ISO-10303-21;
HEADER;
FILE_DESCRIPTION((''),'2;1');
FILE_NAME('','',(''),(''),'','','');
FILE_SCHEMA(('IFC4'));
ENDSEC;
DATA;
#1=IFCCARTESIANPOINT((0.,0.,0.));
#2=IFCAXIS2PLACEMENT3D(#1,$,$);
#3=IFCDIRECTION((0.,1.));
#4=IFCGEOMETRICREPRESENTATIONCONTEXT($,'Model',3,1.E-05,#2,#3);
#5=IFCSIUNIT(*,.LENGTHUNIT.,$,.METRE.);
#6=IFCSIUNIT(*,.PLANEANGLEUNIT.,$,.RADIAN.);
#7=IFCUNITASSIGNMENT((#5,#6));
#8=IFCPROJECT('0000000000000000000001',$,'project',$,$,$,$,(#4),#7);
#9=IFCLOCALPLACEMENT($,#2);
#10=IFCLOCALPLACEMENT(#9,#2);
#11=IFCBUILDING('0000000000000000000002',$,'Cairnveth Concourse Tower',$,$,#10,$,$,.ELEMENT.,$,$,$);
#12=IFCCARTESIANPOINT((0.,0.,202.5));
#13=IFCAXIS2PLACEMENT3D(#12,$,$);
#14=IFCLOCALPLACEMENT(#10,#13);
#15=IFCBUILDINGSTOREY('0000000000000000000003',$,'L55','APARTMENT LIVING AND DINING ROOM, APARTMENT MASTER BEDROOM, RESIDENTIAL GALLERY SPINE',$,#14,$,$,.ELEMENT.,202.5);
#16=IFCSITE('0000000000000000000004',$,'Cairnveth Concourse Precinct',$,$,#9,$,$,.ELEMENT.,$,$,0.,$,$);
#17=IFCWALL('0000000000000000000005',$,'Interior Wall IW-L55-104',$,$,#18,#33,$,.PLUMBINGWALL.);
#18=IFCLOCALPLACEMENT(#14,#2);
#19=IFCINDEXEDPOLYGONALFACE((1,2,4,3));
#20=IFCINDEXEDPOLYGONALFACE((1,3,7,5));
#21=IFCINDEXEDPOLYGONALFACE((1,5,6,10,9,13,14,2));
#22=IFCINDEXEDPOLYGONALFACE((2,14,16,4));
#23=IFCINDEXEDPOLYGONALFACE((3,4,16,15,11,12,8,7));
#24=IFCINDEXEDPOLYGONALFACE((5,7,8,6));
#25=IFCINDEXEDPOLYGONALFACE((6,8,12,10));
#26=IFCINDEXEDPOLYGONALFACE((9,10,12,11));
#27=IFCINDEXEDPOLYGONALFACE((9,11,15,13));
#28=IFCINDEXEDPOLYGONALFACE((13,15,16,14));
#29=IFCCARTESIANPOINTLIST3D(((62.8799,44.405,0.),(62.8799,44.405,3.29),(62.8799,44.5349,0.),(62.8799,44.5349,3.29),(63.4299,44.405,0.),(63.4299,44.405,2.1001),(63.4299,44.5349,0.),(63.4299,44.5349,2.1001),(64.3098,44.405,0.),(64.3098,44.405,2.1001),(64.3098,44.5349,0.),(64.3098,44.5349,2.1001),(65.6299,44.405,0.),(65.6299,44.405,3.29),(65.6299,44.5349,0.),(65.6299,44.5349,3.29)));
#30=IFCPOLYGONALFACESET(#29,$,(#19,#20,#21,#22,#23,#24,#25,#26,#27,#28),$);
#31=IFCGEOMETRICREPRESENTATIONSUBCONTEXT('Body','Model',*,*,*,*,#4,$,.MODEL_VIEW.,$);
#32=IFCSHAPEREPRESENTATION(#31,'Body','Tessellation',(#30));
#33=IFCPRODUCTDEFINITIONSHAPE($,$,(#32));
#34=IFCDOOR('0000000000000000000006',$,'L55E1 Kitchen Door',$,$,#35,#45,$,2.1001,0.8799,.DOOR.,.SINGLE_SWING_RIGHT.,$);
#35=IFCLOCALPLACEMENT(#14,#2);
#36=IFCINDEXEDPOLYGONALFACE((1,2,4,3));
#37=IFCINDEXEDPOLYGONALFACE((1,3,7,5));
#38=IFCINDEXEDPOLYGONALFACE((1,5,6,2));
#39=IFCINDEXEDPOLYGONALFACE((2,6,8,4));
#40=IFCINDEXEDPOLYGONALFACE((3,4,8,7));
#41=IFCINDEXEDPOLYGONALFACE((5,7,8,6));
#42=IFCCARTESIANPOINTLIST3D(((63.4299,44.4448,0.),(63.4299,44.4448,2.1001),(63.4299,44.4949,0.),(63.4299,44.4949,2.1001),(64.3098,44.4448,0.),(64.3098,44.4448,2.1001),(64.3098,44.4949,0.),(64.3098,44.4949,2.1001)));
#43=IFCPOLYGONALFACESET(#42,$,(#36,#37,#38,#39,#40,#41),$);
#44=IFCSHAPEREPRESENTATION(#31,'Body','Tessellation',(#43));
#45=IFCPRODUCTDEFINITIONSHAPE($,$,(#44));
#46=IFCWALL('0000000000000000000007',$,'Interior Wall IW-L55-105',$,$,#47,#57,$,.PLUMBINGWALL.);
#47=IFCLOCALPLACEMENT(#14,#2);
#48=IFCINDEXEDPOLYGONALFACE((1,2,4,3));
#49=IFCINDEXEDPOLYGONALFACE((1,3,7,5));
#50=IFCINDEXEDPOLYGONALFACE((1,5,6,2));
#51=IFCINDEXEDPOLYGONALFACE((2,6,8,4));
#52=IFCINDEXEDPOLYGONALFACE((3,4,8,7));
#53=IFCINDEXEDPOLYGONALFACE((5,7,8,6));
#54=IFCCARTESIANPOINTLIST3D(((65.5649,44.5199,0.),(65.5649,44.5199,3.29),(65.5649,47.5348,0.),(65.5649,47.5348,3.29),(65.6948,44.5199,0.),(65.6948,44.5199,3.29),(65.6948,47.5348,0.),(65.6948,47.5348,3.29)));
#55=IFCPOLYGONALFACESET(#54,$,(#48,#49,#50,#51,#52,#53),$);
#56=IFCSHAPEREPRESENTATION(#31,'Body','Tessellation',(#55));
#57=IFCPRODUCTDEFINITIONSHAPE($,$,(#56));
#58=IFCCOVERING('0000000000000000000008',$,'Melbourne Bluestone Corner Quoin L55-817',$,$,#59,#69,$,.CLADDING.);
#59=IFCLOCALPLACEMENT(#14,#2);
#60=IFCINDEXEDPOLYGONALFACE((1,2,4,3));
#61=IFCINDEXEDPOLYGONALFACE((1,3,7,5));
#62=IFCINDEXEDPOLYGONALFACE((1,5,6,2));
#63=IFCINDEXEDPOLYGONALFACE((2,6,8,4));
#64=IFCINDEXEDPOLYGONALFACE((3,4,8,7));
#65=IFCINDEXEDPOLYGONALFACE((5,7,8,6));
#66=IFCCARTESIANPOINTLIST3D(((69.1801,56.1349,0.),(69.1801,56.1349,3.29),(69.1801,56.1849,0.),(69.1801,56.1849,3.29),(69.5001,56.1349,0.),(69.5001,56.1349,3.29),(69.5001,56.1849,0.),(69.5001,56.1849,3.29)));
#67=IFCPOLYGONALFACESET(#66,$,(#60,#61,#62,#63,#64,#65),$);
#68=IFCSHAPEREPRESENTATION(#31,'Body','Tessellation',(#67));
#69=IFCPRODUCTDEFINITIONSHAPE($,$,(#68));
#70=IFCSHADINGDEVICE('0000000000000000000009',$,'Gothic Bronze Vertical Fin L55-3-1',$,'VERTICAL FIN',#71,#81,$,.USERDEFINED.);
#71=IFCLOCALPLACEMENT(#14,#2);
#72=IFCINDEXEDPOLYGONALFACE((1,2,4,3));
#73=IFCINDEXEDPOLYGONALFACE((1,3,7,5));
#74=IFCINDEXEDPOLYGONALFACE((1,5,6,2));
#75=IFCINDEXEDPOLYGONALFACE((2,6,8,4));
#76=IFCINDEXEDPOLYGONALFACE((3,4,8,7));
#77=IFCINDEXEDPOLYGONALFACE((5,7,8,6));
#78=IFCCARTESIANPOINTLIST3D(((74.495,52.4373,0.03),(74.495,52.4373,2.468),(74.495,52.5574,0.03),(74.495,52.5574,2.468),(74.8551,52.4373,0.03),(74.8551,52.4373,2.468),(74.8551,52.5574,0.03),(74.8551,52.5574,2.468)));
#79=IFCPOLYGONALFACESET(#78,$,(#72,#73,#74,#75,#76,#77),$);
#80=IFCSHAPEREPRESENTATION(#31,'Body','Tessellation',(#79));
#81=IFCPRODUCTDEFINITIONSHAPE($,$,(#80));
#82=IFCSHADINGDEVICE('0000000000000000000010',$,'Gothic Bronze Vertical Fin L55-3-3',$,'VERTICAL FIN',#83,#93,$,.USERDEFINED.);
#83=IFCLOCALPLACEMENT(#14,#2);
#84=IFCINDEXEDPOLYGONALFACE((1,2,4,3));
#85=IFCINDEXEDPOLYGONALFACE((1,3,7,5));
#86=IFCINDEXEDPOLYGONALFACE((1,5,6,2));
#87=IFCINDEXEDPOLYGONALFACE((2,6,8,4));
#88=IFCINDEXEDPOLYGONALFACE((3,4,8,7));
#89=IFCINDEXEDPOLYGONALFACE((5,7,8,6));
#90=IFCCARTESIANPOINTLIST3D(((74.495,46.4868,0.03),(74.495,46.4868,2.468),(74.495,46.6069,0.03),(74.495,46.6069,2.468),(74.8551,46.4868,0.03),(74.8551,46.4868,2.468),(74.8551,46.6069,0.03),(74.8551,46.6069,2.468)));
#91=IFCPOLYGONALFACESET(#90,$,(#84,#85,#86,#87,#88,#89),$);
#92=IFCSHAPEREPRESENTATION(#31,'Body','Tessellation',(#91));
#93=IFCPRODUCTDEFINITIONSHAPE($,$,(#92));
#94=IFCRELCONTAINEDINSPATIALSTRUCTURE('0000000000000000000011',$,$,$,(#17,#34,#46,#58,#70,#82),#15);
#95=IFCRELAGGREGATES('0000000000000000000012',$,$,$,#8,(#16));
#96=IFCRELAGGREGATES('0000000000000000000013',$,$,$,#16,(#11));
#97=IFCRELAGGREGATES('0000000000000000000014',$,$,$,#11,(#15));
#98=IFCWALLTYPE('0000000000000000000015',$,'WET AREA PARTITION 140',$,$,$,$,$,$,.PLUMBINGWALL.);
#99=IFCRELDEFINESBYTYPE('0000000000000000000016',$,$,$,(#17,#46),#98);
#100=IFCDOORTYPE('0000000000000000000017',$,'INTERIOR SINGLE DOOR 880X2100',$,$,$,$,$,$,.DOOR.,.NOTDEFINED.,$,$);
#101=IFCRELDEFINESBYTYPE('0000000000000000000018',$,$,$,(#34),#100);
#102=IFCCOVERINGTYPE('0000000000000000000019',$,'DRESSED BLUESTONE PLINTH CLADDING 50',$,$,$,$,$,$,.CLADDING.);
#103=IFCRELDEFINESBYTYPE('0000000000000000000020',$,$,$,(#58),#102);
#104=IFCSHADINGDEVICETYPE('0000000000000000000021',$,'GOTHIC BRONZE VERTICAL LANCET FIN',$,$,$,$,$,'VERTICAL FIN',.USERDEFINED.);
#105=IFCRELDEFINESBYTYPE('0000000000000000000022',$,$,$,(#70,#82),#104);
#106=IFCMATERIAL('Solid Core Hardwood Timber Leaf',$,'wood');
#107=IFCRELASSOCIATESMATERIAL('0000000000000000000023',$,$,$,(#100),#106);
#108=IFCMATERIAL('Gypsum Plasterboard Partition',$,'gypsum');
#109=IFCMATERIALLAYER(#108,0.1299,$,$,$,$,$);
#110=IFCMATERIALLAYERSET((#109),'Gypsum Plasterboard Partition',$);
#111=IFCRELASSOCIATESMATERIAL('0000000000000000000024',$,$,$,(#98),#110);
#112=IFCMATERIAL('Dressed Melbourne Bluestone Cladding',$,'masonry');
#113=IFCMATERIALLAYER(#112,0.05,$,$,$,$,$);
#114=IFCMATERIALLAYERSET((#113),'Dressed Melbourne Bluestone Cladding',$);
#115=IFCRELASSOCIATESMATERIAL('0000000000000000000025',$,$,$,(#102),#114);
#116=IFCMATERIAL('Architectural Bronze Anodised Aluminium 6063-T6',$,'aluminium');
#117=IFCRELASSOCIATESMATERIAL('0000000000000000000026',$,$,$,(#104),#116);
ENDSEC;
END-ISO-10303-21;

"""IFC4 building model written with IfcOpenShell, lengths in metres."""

from ifc_helpers import new_model, si_unit, direction, frame, frame_2d, origin, origin_2d, place, context, subcontext, project, spatial, rectangle, extrude, material, layer, layer_set, type_object, element, fill, save


model = new_model("IFC4")

# Units and contexts
model_context = context("Model", 3, precision=1e-05, world=origin(), true_north=direction((0.0, 1.0)))
body_context = subcontext(model_context, "Body", "Model", "MODEL_VIEW")
ifc_project = project(units=[si_unit("LENGTHUNIT", "METRE"), si_unit("PLANEANGLEUNIT", "RADIAN")], contexts=[model_context])

# Site, building, storey
site_placement = place(None, origin())
site = spatial("IfcSite", under=ifc_project, at=site_placement, Name="Cairnveth Concourse Precinct", CompositionType="ELEMENT", RefElevation=0.0)
building_placement = place(site_placement, origin())
building = spatial("IfcBuilding", under=site, at=building_placement, Name="Cairnveth Concourse Tower", CompositionType="ELEMENT")
storey_placement = place(building_placement, frame((0.0, 0.0, 202.5)))
storey = spatial("IfcBuildingStorey", under=building, at=storey_placement, Name="L55", Description="APARTMENT LIVING AND DINING ROOM, APARTMENT MASTER BEDROOM, RESIDENTIAL GALLERY SPINE", CompositionType="ELEMENT", Elevation=202.5)

# Shared definitions
ifc_material_1 = material(Name="Gypsum Plasterboard Partition", Category="gypsum")

# Shared definitions
ifc_material_2 = material(Name="Solid Core Hardwood Timber Leaf", Category="wood")
door_type_1 = type_object("IfcDoorType", Name="INTERIOR SINGLE DOOR 880X2100", OperationType="NOTDEFINED", PredefinedType="DOOR", material=ifc_material_2)

# Shared definitions
ifc_layer_1 = layer(ifc_material_1, 0.1299)
ifc_layer_set_1 = layer_set([ifc_layer_1], Name="Gypsum Plasterboard Partition")
wall_type_1 = type_object("IfcWallType", Name="WET AREA PARTITION 140", PredefinedType="PLUMBINGWALL", material=ifc_layer_set_1)

# Wall, opening, door
wall_1_placement = place(storey_placement, frame((62.8799, 44.47, 0.0), z_axis=(0.0, 0.0, 1.0), x_axis=(1.0, 0.0, 0.0)))
wall_1 = element("IfcWall", 1, at=wall_1_placement, inside=storey, type_object=wall_type_1, Name="Interior Wall IW-L55-104", PredefinedType="PLUMBINGWALL", context=body_context, shape_type="SweptSolid", body=[
    extrude(rectangle(XDim=2.75, YDim=0.1299, at=frame_2d((1.375, 0.0))), origin(), (0.0, 0.0, 1.0), 3.29),
])
opening_1_placement = place(wall_1_placement, frame((0.55, 0.0, 0.0)))
opening_1 = element("IfcOpeningElement", 2, at=opening_1_placement, cuts=wall_1, PredefinedType="OPENING", context=body_context, shape_type="SweptSolid", body=[
    extrude(rectangle(XDim=0.8799, YDim=2.1001, at=frame_2d((0.4399, 1.05))), frame((0.0, 0.075, 0.0), z_axis=(0.0, -1.0, 0.0), x_axis=(1.0, 0.0, 0.0)), (0.0, 0.0, 1.0), 0.1499),
])
door_1_placement = place(opening_1_placement, origin())
door_1 = element("IfcDoor", 3, at=door_1_placement, inside=storey, type_object=door_type_1, Name="L55E1 Kitchen Door", OperationType="SINGLE_SWING_RIGHT", OverallHeight=2.1001, OverallWidth=0.8799, PredefinedType="DOOR", context=body_context, shape_type="SweptSolid", body=[
    extrude(rectangle(XDim=0.8799, YDim=2.1001, at=frame_2d((0.4399, 1.05))), frame((0.0, 0.0249, 0.0), z_axis=(0.0, -1.0, 0.0), x_axis=(1.0, 0.0, 0.0)), (0.0, 0.0, 1.0), 0.05),
])
fill(opening_1, door_1)

# Wall
wall_2_placement = place(storey_placement, frame((65.6299, 44.52, 0.0), z_axis=(0.0, 0.0, 1.0), x_axis=(0.0, 1.0, 0.0)))
element("IfcWall", 4, at=wall_2_placement, inside=storey, type_object=wall_type_1, Name="Interior Wall IW-L55-105", PredefinedType="PLUMBINGWALL", context=body_context, shape_type="SweptSolid", body=[
    extrude(rectangle(XDim=3.0149, YDim=0.1299, at=frame_2d((1.5073, 0.0))), origin(), (0.0, 0.0, 1.0), 3.29),
])

# Covering
ifc_material_3 = material(Name="Dressed Melbourne Bluestone Cladding", Category="masonry")
ifc_layer_2 = layer(ifc_material_3, 0.05)
ifc_layer_set_2 = layer_set([ifc_layer_2], Name="Dressed Melbourne Bluestone Cladding")
covering_type = type_object("IfcCoveringType", Name="DRESSED BLUESTONE PLINTH CLADDING 50", PredefinedType="CLADDING", material=ifc_layer_set_2)
covering_placement = place(storey_placement, frame((69.1799, 56.1599, 0.0), z_axis=(0.0, 0.0, 1.0), x_axis=(1.0, 0.0, 0.0)))
element("IfcCovering", 5, at=covering_placement, inside=storey, type_object=covering_type, Name="Melbourne Bluestone Corner Quoin L55-817", PredefinedType="CLADDING", context=body_context, shape_type="SweptSolid", body=[
    extrude(rectangle(XDim=0.3201, YDim=0.05, at=frame_2d((0.1602, 0.0))), origin(), (0.0, 0.0, 1.0), 3.29),
])

# Shading devices
ifc_material_4 = material(Name="Architectural Bronze Anodised Aluminium 6063-T6", Category="aluminium")
shading_device_type = type_object("IfcShadingDeviceType", Name="GOTHIC BRONZE VERTICAL LANCET FIN", ElementType="VERTICAL FIN", PredefinedType="USERDEFINED", material=ifc_material_4)
for number, where, z_axis, x_axis, name in (
    (6, (74.675, 52.4973, 0.03), (0.0, 0.0, 1.0), (0.0, 1.0, 0.0), "Gothic Bronze Vertical Fin L55-3-1"),
    (7, (74.675, 46.5469, 0.03), (0.0, 0.0, 1.0), (0.0, 1.0, 0.0), "Gothic Bronze Vertical Fin L55-3-3"),
):
    element("IfcShadingDevice", number, at=place(storey_placement, frame(where, z_axis=z_axis, x_axis=x_axis)), inside=storey, type_object=shading_device_type, Name=name, ObjectType="VERTICAL FIN", PredefinedType="USERDEFINED", context=body_context, shape_type="SweptSolid", body=[
        extrude(rectangle(XDim=0.1201, YDim=0.3601, at=origin_2d()), origin(), (0.0, 0.0, 1.0), 2.438),
    ])

save(model, "model.ifc")
